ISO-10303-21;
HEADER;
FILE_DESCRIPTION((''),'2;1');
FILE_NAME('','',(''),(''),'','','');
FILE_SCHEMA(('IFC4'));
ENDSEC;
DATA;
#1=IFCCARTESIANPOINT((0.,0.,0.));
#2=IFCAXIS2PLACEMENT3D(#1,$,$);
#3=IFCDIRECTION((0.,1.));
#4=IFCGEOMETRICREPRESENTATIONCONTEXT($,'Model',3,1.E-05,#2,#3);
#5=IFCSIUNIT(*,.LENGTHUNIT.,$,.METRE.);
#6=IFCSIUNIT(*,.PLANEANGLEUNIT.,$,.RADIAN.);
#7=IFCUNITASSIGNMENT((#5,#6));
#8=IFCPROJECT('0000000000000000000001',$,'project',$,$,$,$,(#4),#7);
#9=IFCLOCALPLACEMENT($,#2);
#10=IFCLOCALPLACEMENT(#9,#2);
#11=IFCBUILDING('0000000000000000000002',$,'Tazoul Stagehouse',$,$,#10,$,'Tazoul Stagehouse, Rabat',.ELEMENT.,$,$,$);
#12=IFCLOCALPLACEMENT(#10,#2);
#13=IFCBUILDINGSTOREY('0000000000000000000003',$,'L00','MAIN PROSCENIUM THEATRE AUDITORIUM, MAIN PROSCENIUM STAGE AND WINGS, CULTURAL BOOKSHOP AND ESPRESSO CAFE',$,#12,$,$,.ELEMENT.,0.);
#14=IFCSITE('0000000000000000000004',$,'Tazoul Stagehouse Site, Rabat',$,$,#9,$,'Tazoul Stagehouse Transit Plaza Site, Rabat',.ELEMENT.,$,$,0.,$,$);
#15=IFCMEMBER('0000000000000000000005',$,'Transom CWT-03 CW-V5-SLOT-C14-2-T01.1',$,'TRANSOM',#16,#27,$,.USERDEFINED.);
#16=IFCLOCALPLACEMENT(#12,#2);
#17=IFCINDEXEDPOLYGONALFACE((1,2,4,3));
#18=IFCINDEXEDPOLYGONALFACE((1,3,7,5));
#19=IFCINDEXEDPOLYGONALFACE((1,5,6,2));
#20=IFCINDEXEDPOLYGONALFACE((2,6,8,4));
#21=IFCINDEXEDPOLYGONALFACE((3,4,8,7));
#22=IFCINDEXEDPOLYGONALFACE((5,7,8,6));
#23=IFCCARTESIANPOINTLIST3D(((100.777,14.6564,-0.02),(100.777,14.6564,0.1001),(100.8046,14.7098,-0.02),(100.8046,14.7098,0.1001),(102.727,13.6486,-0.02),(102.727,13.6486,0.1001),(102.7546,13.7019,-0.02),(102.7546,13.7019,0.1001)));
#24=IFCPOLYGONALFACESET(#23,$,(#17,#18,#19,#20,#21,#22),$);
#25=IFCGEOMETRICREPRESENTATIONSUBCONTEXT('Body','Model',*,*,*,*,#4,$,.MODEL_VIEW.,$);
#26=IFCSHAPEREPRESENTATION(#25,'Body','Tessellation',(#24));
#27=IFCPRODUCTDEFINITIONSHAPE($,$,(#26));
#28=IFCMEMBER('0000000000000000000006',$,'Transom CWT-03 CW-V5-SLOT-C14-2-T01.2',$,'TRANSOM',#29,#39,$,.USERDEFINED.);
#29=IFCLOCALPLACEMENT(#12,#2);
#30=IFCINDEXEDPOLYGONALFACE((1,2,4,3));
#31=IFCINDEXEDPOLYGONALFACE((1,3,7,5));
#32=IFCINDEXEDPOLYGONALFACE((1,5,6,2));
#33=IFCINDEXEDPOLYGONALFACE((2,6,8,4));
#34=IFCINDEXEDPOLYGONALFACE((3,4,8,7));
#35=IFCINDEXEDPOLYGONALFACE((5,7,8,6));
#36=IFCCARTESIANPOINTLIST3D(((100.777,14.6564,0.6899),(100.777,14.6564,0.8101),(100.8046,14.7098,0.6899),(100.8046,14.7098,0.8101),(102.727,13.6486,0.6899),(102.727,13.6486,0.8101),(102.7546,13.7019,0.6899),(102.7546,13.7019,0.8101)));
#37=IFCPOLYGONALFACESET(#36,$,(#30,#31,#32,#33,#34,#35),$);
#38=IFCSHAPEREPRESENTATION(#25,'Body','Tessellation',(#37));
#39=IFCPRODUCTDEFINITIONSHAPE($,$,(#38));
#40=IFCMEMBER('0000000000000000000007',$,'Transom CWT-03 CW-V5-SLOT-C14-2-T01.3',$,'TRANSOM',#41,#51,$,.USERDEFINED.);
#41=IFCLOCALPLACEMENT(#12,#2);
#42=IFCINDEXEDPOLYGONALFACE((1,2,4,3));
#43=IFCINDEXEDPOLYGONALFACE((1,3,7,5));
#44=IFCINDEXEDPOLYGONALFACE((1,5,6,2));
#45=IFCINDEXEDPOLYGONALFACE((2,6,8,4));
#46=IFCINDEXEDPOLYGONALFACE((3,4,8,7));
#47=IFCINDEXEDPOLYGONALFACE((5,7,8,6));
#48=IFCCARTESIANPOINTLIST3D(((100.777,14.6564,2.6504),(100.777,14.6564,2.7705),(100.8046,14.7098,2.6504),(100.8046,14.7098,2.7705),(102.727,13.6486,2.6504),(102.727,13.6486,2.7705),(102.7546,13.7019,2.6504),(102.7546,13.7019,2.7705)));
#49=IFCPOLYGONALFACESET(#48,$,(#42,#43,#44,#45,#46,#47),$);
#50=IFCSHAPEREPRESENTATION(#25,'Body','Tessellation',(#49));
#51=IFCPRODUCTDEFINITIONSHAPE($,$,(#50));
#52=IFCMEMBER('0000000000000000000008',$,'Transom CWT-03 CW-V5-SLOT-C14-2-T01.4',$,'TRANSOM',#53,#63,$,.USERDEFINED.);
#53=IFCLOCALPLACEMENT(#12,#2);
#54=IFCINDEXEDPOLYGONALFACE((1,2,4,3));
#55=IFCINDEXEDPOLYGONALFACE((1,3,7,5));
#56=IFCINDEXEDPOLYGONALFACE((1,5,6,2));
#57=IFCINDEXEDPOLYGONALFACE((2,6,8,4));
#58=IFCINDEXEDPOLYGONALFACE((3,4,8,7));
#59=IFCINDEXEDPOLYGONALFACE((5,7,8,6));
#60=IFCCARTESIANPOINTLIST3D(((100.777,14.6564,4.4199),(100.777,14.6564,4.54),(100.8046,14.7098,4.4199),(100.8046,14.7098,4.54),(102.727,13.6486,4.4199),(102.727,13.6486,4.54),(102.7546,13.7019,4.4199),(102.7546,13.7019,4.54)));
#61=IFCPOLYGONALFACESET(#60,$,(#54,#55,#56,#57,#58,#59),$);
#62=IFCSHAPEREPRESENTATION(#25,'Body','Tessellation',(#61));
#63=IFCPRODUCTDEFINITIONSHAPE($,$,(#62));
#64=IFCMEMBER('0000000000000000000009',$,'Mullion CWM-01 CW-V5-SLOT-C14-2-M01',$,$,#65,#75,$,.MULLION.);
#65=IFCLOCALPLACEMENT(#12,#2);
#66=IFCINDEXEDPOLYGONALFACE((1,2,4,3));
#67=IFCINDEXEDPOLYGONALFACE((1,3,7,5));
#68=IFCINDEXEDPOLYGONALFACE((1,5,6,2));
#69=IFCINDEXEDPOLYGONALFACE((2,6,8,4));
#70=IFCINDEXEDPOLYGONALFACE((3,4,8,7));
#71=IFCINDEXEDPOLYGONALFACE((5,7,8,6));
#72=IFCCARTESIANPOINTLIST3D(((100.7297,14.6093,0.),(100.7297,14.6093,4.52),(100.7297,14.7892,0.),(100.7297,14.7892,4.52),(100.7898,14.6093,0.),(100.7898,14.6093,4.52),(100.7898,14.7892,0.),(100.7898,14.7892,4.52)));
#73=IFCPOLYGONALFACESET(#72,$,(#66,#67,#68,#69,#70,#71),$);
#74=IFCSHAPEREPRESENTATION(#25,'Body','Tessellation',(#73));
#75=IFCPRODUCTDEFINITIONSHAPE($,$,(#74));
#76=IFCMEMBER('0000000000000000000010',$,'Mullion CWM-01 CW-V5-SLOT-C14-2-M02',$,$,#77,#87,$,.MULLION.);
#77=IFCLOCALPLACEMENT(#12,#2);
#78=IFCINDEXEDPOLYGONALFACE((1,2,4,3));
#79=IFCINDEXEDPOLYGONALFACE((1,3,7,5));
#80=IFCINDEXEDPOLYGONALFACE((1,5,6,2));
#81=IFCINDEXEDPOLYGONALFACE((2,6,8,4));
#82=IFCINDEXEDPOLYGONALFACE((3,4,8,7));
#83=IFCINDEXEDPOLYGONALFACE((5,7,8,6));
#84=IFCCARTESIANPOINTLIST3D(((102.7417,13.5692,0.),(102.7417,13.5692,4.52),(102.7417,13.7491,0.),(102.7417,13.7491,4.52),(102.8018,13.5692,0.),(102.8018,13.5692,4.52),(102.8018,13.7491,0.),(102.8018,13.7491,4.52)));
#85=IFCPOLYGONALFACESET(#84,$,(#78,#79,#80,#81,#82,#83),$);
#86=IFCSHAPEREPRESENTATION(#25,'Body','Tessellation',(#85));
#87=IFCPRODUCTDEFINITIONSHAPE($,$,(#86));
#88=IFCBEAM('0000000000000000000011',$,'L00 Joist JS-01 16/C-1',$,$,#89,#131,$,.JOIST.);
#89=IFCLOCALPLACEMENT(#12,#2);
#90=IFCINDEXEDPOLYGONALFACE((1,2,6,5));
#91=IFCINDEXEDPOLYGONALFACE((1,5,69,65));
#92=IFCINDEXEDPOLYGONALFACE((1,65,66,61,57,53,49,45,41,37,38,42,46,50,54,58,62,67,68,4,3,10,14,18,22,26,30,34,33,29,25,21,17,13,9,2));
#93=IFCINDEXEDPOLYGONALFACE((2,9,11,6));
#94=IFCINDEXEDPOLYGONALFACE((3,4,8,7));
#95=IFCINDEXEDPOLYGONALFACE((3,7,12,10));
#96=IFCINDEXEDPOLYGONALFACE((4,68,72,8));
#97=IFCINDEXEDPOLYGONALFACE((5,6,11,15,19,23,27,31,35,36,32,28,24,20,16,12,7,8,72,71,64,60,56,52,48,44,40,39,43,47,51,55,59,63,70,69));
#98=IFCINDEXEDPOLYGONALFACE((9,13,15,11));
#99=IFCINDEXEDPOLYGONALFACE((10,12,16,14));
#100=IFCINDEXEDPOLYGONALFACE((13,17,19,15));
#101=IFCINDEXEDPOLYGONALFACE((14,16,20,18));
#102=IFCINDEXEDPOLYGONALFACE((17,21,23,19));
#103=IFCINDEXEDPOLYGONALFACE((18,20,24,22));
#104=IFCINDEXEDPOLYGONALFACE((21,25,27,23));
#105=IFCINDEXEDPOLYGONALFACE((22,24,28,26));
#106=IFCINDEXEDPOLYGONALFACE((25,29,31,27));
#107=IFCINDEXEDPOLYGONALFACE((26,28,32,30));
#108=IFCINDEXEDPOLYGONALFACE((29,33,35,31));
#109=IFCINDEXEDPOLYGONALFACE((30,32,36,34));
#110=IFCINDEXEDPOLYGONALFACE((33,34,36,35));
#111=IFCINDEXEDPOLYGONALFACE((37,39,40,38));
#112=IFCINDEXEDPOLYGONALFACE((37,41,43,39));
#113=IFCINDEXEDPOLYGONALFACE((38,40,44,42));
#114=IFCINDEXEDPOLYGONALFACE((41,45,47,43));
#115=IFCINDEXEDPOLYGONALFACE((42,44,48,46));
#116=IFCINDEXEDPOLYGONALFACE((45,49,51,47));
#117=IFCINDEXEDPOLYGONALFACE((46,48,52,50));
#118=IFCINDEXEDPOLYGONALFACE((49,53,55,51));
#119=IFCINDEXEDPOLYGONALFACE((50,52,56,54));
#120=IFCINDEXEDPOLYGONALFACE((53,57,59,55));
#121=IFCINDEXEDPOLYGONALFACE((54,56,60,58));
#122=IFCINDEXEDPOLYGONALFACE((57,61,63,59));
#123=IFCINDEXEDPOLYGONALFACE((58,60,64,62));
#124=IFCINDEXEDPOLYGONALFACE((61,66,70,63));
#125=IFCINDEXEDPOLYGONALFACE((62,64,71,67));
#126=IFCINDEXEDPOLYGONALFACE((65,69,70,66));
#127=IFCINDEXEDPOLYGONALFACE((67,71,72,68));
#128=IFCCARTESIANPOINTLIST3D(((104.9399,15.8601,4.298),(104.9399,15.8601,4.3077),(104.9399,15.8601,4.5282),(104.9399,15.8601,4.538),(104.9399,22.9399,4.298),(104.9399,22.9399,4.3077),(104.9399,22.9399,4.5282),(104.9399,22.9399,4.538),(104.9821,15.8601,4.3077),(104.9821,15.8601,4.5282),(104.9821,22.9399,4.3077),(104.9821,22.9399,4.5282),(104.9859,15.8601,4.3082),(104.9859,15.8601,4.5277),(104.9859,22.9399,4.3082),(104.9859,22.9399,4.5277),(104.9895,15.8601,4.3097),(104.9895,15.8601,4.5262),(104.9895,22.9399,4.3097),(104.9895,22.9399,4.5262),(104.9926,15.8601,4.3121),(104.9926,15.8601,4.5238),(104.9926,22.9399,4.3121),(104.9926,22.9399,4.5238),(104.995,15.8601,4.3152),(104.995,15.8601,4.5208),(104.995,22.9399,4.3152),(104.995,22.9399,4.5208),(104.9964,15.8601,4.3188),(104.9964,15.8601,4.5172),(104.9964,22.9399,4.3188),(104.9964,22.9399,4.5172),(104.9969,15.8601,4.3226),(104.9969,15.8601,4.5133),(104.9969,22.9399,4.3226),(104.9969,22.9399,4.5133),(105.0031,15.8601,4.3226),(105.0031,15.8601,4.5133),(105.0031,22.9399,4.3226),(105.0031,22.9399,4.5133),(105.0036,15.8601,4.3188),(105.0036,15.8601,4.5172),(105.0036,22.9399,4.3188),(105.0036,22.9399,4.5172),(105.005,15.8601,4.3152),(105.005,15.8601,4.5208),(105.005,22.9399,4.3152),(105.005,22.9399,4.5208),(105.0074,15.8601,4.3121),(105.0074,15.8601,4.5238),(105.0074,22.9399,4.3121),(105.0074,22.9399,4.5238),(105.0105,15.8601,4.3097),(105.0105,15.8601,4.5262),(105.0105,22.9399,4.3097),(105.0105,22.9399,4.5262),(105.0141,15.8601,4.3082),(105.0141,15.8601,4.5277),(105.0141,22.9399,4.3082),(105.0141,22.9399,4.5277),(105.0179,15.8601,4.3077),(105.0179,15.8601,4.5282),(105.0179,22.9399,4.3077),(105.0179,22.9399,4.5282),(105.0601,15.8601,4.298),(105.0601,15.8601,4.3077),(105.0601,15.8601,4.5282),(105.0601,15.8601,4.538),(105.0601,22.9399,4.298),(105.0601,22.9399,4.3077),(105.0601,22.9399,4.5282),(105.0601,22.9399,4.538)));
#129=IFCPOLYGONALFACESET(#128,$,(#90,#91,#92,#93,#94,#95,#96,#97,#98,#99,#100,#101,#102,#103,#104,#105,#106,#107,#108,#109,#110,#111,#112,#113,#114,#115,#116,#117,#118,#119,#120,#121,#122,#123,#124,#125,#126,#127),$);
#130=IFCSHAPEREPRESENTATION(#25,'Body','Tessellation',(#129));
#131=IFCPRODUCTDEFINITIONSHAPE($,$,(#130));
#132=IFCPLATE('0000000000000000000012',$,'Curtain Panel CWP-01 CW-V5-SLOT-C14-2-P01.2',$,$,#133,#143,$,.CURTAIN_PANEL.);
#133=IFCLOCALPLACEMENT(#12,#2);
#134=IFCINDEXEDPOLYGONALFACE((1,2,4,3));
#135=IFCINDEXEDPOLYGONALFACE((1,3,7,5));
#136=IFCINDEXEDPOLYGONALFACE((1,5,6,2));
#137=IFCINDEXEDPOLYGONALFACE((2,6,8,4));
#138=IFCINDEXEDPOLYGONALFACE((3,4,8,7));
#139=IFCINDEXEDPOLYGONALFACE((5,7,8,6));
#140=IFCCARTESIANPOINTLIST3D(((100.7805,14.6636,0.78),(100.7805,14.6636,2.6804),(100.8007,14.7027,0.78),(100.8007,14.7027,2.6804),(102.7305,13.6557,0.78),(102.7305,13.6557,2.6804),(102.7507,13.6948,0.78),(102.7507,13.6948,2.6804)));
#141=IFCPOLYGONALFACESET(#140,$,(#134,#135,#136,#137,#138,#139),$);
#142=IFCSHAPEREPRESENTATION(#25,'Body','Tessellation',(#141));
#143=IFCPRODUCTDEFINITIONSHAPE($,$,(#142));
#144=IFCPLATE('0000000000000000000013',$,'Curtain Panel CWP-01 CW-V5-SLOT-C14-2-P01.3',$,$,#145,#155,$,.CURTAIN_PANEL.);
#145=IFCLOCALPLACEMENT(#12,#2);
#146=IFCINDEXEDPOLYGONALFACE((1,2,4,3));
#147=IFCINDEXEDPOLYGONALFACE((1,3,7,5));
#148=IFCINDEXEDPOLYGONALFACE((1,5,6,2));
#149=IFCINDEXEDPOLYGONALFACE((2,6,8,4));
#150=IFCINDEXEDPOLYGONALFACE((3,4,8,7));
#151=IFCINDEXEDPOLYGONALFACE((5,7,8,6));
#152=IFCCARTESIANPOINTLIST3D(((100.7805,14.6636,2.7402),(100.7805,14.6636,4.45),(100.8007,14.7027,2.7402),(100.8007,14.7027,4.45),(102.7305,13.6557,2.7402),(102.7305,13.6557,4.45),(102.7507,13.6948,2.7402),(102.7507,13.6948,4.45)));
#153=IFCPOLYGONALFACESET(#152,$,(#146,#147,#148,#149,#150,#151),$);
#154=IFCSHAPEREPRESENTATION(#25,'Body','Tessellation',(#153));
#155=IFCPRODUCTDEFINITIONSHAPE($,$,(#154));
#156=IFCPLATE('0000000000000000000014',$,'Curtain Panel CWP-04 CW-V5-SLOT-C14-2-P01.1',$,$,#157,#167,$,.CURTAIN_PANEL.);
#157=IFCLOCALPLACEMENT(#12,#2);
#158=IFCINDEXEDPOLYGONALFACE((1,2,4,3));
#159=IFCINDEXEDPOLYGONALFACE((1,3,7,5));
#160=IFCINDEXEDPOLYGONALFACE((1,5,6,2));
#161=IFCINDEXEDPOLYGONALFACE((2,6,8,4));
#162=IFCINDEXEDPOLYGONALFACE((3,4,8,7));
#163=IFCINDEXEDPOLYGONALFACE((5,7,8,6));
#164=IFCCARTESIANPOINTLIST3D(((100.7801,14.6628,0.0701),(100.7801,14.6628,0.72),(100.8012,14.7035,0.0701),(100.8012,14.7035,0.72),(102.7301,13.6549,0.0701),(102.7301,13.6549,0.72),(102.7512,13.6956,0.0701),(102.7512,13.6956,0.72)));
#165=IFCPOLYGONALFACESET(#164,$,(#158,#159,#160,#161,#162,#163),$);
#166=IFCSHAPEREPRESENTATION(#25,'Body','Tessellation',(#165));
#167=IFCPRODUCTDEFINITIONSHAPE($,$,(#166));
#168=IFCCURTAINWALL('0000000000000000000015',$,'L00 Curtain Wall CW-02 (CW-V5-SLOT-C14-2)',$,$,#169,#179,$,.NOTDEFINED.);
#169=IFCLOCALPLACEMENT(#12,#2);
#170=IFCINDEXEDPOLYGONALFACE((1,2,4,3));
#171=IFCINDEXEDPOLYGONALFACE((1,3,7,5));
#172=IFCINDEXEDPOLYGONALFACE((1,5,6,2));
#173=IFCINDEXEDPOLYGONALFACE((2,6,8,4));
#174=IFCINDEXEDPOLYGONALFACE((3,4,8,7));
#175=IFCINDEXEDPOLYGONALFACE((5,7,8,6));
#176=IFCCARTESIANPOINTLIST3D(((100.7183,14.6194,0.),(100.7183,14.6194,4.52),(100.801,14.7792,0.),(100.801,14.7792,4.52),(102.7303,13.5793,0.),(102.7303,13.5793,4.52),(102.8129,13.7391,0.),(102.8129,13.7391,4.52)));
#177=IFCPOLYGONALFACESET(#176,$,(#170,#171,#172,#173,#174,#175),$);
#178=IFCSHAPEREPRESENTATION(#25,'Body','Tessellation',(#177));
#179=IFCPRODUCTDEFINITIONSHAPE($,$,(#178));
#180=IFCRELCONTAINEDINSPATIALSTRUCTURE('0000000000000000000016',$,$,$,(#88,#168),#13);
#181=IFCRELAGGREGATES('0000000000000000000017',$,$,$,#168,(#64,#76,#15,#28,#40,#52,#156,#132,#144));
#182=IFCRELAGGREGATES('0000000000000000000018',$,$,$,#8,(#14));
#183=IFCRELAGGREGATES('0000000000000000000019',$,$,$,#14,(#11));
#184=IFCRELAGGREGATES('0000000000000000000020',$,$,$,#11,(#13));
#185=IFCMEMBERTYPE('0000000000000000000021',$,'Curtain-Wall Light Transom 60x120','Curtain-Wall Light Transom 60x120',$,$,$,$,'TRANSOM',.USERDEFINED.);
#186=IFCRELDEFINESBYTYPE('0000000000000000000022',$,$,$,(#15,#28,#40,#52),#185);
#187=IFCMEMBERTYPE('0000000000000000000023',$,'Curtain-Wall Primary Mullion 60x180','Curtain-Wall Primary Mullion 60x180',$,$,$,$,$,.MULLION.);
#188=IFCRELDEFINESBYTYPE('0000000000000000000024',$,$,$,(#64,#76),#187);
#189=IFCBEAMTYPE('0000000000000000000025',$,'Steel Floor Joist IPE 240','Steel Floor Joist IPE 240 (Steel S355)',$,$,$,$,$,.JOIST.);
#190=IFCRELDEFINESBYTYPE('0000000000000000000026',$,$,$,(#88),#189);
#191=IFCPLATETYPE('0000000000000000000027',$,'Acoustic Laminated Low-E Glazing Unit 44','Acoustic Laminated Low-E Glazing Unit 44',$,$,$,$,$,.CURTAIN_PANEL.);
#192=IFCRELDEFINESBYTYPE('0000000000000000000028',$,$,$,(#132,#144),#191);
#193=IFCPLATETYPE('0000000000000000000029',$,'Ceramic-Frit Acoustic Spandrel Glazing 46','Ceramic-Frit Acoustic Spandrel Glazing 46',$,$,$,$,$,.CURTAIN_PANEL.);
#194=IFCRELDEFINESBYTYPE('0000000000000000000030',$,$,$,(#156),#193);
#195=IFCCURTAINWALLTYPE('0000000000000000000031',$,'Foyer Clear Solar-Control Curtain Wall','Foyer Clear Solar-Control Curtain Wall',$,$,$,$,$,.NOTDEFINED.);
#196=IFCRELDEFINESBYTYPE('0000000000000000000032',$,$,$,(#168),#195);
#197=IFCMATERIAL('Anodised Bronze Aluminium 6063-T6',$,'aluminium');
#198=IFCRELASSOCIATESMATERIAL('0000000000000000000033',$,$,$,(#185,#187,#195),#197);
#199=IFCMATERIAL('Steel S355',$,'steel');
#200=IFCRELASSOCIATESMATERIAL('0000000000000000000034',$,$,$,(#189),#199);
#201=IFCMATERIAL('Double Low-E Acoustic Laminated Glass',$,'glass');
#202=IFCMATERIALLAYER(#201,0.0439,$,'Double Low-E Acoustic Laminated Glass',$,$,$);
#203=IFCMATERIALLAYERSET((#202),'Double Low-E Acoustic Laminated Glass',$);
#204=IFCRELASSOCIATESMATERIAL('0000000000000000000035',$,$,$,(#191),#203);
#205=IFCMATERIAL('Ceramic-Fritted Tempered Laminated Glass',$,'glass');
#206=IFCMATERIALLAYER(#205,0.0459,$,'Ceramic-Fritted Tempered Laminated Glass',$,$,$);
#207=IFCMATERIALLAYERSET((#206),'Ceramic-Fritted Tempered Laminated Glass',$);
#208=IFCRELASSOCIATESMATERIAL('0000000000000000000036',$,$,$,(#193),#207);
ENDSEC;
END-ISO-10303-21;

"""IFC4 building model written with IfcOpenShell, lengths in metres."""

from ifc_helpers import new_model, si_unit, direction, frame, frame_2d, origin, origin_2d, place, context, subcontext, project, spatial, rectangle, i_section, extrude, material, layer, layer_set, material_profile, profile_set, type_object, element, aggregate, save


model = new_model("IFC4")

# Units and contexts
model_context = context("Model", 3, precision=1e-05, world=origin(), true_north=direction((0.0, 1.0)))
body_context = subcontext(model_context, "Body", "Model", "MODEL_VIEW")
ifc_project = project(units=[si_unit("LENGTHUNIT", "METRE"), si_unit("PLANEANGLEUNIT", "RADIAN")], contexts=[model_context])

# Site, building, storey
site_placement = place(None, origin())
site = spatial("IfcSite", under=ifc_project, at=site_placement, Name="Tazoul Stagehouse Site, Rabat", LongName="Tazoul Stagehouse Transit Plaza Site, Rabat", CompositionType="ELEMENT", RefElevation=0.0)
building_placement = place(site_placement, origin())
building = spatial("IfcBuilding", under=site, at=building_placement, Name="Tazoul Stagehouse", LongName="Tazoul Stagehouse, Rabat", CompositionType="ELEMENT")
storey_placement = place(building_placement, origin())
storey = spatial("IfcBuildingStorey", under=building, at=storey_placement, Name="L00", Description="MAIN PROSCENIUM THEATRE AUDITORIUM, MAIN PROSCENIUM STAGE AND WINGS, CULTURAL BOOKSHOP AND ESPRESSO CAFE", CompositionType="ELEMENT", Elevation=0.0)

# Shared definitions
ifc_material_1 = material(Name="Steel S355", Category="steel")

# Members
ifc_material_2 = material(Name="Anodised Bronze Aluminium 6063-T6", Category="aluminium")
ifc_material_profile_1 = material_profile(ifc_material_2, rectangle(XDim=0.0601, YDim=0.1201, at=origin_2d()), Name="ALU TRANSOM 60x120")
ifc_profile_set_1 = profile_set([ifc_material_profile_1], Name="Anodised Bronze Aluminium 6063-T6")
member_type_1 = type_object("IfcMemberType", Name="Curtain-Wall Light Transom 60x120", Description="Curtain-Wall Light Transom 60x120", ElementType="TRANSOM", PredefinedType="USERDEFINED", material=ifc_profile_set_1)
member_1_placement = place(storey_placement, frame((100.7908, 14.6831, 0.04), z_axis=(0.888363, -0.459141, 0.0), x_axis=(0.459141, 0.888363, 0.0)))
member_1 = element("IfcMember", 1, at=member_1_placement, type_object=member_type_1, Name="Transom CWT-03 CW-V5-SLOT-C14-2-T01.1", ObjectType="TRANSOM", PredefinedType="USERDEFINED", context=body_context, shape_type="SweptSolid", body=[
    extrude(rectangle(XDim=0.0601, YDim=0.1201, at=origin_2d()), origin(), (0.0, 0.0, 1.0), 2.1951),
])
member_2_placement = place(storey_placement, frame((100.7908, 14.6831, 0.75), z_axis=(0.888363, -0.459141, 0.0), x_axis=(0.459141, 0.888363, 0.0)))
member_2 = element("IfcMember", 2, at=member_2_placement, type_object=member_type_1, Name="Transom CWT-03 CW-V5-SLOT-C14-2-T01.2", ObjectType="TRANSOM", PredefinedType="USERDEFINED", context=body_context, shape_type="SweptSolid", body=[
    extrude(rectangle(XDim=0.0601, YDim=0.1201, at=origin_2d()), origin(), (0.0, 0.0, 1.0), 2.1951),
])
member_3_placement = place(storey_placement, frame((100.7908, 14.6831, 2.7104), z_axis=(0.888363, -0.459141, 0.0), x_axis=(0.459141, 0.888363, 0.0)))
member_3 = element("IfcMember", 3, at=member_3_placement, type_object=member_type_1, Name="Transom CWT-03 CW-V5-SLOT-C14-2-T01.3", ObjectType="TRANSOM", PredefinedType="USERDEFINED", context=body_context, shape_type="SweptSolid", body=[
    extrude(rectangle(XDim=0.0601, YDim=0.1201, at=origin_2d()), origin(), (0.0, 0.0, 1.0), 2.1951),
])
member_4_placement = place(storey_placement, frame((100.7908, 14.6831, 4.48), z_axis=(0.888363, -0.459141, 0.0), x_axis=(0.459141, 0.888363, 0.0)))
member_4 = element("IfcMember", 4, at=member_4_placement, type_object=member_type_1, Name="Transom CWT-03 CW-V5-SLOT-C14-2-T01.4", ObjectType="TRANSOM", PredefinedType="USERDEFINED", context=body_context, shape_type="SweptSolid", body=[
    extrude(rectangle(XDim=0.0601, YDim=0.1201, at=origin_2d()), origin(), (0.0, 0.0, 1.0), 2.1951),
])
ifc_material_profile_2 = material_profile(ifc_material_2, rectangle(XDim=0.0601, YDim=0.1799, at=origin_2d()), Name="ALU MULLION 60x180")
ifc_profile_set_2 = profile_set([ifc_material_profile_2], Name="Anodised Bronze Aluminium 6063-T6")
member_type_2 = type_object("IfcMemberType", Name="Curtain-Wall Primary Mullion 60x180", Description="Curtain-Wall Primary Mullion 60x180", PredefinedType="MULLION", material=ifc_profile_set_2)
member_5_placement = place(storey_placement, frame((100.7598, 14.6992, 0.0), z_axis=(0.0, 0.0, 1.0), x_axis=(1.0, 0.0, 0.0)))
member_5 = element("IfcMember", 5, at=member_5_placement, type_object=member_type_2, Name="Mullion CWM-01 CW-V5-SLOT-C14-2-M01", PredefinedType="MULLION", context=body_context, shape_type="SweptSolid", body=[
    extrude(rectangle(XDim=0.0601, YDim=0.1799, at=origin_2d()), origin(), (0.0, 0.0, 1.0), 4.52),
])
member_6_placement = place(storey_placement, frame((102.7717, 13.6592, 0.0), z_axis=(0.0, 0.0, 1.0), x_axis=(1.0, 0.0, 0.0)))
member_6 = element("IfcMember", 6, at=member_6_placement, type_object=member_type_2, Name="Mullion CWM-01 CW-V5-SLOT-C14-2-M02", PredefinedType="MULLION", context=body_context, shape_type="SweptSolid", body=[
    extrude(rectangle(XDim=0.0601, YDim=0.1799, at=origin_2d()), origin(), (0.0, 0.0, 1.0), 4.52),
])

# Beam
ifc_material_profile_3 = material_profile(ifc_material_1, i_section(OverallWidth=0.1201, OverallDepth=0.24, WebThickness=0.0061, FlangeThickness=0.0098, FilletRadius=0.0149, at=origin_2d()), Name="IPE 240")
ifc_profile_set_3 = profile_set([ifc_material_profile_3], Name="Steel S355")
beam_type_1 = type_object("IfcBeamType", Name="Steel Floor Joist IPE 240", Description="Steel Floor Joist IPE 240 (Steel S355)", PredefinedType="JOIST", material=ifc_profile_set_3)
beam_1_placement = place(storey_placement, frame((105.0, 15.8601, 4.418), z_axis=(0.0, 1.0, 0.0), x_axis=(-1.0, 0.0, 0.0)))
element("IfcBeam", 7, at=beam_1_placement, inside=storey, type_object=beam_type_1, Name="L00 Joist JS-01 16/C-1", PredefinedType="JOIST", context=body_context, shape_type="SweptSolid", body=[
    extrude(i_section(OverallWidth=0.1201, OverallDepth=0.24, WebThickness=0.0061, FlangeThickness=0.0098, FilletRadius=0.0149, at=origin_2d()), origin(), (0.0, 0.0, 1.0), 7.0798),
])

# Plates
ifc_material_3 = material(Name="Double Low-E Acoustic Laminated Glass", Category="glass")
ifc_layer_1 = layer(ifc_material_3, 0.0439, Name="Double Low-E Acoustic Laminated Glass")
ifc_layer_set_1 = layer_set([ifc_layer_1], Name="Double Low-E Acoustic Laminated Glass")
plate_type_1 = type_object("IfcPlateType", Name="Acoustic Laminated Low-E Glazing Unit 44", Description="Acoustic Laminated Low-E Glazing Unit 44", PredefinedType="CURTAIN_PANEL", material=ifc_layer_set_1)
plate_1_placement = place(storey_placement, frame((101.7656, 14.1792, 0.78), z_axis=(0.0, 0.0, 1.0), x_axis=(0.888351, -0.459164, 0.0)))
plate_1 = element("IfcPlate", 8, at=plate_1_placement, type_object=plate_type_1, Name="Curtain Panel CWP-01 CW-V5-SLOT-C14-2-P01.2", PredefinedType="CURTAIN_PANEL", context=body_context, shape_type="SweptSolid", body=[
    extrude(rectangle(XDim=2.1951, YDim=0.0439, at=origin_2d()), origin(), (0.0, 0.0, 1.0), 1.9004),
])
plate_2_placement = place(storey_placement, frame((101.7656, 14.1792, 2.7402), z_axis=(0.0, 0.0, 1.0), x_axis=(0.888351, -0.459164, 0.0)))
plate_2 = element("IfcPlate", 9, at=plate_2_placement, type_object=plate_type_1, Name="Curtain Panel CWP-01 CW-V5-SLOT-C14-2-P01.3", PredefinedType="CURTAIN_PANEL", context=body_context, shape_type="SweptSolid", body=[
    extrude(rectangle(XDim=2.1951, YDim=0.0439, at=origin_2d()), origin(), (0.0, 0.0, 1.0), 1.7097),
])
ifc_material_4 = material(Name="Ceramic-Fritted Tempered Laminated Glass", Category="glass")
ifc_layer_2 = layer(ifc_material_4, 0.0459, Name="Ceramic-Fritted Tempered Laminated Glass")
ifc_layer_set_2 = layer_set([ifc_layer_2], Name="Ceramic-Fritted Tempered Laminated Glass")
plate_type_2 = type_object("IfcPlateType", Name="Ceramic-Frit Acoustic Spandrel Glazing 46", Description="Ceramic-Frit Acoustic Spandrel Glazing 46", PredefinedType="CURTAIN_PANEL", material=ifc_layer_set_2)
plate_3_placement = place(storey_placement, frame((101.7656, 14.1792, 0.0701), z_axis=(0.0, 0.0, 1.0), x_axis=(0.888351, -0.459164, 0.0)))
plate_3 = element("IfcPlate", 10, at=plate_3_placement, type_object=plate_type_2, Name="Curtain Panel CWP-04 CW-V5-SLOT-C14-2-P01.1", PredefinedType="CURTAIN_PANEL", context=body_context, shape_type="SweptSolid", body=[
    extrude(rectangle(XDim=2.1951, YDim=0.0459, at=origin_2d()), origin(), (0.0, 0.0, 1.0), 0.6499),
])

# Curtain wall
curtain_wall_type = type_object("IfcCurtainWallType", Name="Foyer Clear Solar-Control Curtain Wall", Description="Foyer Clear Solar-Control Curtain Wall", PredefinedType="NOTDEFINED", material=ifc_material_2)
curtain_wall_1_placement = place(storey_placement, frame((100.7598, 14.6992, 0.0), z_axis=(0.0, 0.0, 1.0), x_axis=(0.888331, -0.459203, 0.0)))
curtain_wall_1 = element("IfcCurtainWall", 11, at=curtain_wall_1_placement, inside=storey, type_object=curtain_wall_type, Name="L00 Curtain Wall CW-02 (CW-V5-SLOT-C14-2)", PredefinedType="NOTDEFINED", context=body_context, shape_type="SweptSolid", body=[
    extrude(rectangle(XDim=2.2649, YDim=0.1799, at=frame_2d((1.1323, 0.0))), origin(), (0.0, 0.0, 1.0), 4.52),
])
aggregate(curtain_wall_1, [member_5, member_6, member_1, member_2, member_3, member_4, plate_3, plate_1, plate_2])

save(model, "model.ifc")
